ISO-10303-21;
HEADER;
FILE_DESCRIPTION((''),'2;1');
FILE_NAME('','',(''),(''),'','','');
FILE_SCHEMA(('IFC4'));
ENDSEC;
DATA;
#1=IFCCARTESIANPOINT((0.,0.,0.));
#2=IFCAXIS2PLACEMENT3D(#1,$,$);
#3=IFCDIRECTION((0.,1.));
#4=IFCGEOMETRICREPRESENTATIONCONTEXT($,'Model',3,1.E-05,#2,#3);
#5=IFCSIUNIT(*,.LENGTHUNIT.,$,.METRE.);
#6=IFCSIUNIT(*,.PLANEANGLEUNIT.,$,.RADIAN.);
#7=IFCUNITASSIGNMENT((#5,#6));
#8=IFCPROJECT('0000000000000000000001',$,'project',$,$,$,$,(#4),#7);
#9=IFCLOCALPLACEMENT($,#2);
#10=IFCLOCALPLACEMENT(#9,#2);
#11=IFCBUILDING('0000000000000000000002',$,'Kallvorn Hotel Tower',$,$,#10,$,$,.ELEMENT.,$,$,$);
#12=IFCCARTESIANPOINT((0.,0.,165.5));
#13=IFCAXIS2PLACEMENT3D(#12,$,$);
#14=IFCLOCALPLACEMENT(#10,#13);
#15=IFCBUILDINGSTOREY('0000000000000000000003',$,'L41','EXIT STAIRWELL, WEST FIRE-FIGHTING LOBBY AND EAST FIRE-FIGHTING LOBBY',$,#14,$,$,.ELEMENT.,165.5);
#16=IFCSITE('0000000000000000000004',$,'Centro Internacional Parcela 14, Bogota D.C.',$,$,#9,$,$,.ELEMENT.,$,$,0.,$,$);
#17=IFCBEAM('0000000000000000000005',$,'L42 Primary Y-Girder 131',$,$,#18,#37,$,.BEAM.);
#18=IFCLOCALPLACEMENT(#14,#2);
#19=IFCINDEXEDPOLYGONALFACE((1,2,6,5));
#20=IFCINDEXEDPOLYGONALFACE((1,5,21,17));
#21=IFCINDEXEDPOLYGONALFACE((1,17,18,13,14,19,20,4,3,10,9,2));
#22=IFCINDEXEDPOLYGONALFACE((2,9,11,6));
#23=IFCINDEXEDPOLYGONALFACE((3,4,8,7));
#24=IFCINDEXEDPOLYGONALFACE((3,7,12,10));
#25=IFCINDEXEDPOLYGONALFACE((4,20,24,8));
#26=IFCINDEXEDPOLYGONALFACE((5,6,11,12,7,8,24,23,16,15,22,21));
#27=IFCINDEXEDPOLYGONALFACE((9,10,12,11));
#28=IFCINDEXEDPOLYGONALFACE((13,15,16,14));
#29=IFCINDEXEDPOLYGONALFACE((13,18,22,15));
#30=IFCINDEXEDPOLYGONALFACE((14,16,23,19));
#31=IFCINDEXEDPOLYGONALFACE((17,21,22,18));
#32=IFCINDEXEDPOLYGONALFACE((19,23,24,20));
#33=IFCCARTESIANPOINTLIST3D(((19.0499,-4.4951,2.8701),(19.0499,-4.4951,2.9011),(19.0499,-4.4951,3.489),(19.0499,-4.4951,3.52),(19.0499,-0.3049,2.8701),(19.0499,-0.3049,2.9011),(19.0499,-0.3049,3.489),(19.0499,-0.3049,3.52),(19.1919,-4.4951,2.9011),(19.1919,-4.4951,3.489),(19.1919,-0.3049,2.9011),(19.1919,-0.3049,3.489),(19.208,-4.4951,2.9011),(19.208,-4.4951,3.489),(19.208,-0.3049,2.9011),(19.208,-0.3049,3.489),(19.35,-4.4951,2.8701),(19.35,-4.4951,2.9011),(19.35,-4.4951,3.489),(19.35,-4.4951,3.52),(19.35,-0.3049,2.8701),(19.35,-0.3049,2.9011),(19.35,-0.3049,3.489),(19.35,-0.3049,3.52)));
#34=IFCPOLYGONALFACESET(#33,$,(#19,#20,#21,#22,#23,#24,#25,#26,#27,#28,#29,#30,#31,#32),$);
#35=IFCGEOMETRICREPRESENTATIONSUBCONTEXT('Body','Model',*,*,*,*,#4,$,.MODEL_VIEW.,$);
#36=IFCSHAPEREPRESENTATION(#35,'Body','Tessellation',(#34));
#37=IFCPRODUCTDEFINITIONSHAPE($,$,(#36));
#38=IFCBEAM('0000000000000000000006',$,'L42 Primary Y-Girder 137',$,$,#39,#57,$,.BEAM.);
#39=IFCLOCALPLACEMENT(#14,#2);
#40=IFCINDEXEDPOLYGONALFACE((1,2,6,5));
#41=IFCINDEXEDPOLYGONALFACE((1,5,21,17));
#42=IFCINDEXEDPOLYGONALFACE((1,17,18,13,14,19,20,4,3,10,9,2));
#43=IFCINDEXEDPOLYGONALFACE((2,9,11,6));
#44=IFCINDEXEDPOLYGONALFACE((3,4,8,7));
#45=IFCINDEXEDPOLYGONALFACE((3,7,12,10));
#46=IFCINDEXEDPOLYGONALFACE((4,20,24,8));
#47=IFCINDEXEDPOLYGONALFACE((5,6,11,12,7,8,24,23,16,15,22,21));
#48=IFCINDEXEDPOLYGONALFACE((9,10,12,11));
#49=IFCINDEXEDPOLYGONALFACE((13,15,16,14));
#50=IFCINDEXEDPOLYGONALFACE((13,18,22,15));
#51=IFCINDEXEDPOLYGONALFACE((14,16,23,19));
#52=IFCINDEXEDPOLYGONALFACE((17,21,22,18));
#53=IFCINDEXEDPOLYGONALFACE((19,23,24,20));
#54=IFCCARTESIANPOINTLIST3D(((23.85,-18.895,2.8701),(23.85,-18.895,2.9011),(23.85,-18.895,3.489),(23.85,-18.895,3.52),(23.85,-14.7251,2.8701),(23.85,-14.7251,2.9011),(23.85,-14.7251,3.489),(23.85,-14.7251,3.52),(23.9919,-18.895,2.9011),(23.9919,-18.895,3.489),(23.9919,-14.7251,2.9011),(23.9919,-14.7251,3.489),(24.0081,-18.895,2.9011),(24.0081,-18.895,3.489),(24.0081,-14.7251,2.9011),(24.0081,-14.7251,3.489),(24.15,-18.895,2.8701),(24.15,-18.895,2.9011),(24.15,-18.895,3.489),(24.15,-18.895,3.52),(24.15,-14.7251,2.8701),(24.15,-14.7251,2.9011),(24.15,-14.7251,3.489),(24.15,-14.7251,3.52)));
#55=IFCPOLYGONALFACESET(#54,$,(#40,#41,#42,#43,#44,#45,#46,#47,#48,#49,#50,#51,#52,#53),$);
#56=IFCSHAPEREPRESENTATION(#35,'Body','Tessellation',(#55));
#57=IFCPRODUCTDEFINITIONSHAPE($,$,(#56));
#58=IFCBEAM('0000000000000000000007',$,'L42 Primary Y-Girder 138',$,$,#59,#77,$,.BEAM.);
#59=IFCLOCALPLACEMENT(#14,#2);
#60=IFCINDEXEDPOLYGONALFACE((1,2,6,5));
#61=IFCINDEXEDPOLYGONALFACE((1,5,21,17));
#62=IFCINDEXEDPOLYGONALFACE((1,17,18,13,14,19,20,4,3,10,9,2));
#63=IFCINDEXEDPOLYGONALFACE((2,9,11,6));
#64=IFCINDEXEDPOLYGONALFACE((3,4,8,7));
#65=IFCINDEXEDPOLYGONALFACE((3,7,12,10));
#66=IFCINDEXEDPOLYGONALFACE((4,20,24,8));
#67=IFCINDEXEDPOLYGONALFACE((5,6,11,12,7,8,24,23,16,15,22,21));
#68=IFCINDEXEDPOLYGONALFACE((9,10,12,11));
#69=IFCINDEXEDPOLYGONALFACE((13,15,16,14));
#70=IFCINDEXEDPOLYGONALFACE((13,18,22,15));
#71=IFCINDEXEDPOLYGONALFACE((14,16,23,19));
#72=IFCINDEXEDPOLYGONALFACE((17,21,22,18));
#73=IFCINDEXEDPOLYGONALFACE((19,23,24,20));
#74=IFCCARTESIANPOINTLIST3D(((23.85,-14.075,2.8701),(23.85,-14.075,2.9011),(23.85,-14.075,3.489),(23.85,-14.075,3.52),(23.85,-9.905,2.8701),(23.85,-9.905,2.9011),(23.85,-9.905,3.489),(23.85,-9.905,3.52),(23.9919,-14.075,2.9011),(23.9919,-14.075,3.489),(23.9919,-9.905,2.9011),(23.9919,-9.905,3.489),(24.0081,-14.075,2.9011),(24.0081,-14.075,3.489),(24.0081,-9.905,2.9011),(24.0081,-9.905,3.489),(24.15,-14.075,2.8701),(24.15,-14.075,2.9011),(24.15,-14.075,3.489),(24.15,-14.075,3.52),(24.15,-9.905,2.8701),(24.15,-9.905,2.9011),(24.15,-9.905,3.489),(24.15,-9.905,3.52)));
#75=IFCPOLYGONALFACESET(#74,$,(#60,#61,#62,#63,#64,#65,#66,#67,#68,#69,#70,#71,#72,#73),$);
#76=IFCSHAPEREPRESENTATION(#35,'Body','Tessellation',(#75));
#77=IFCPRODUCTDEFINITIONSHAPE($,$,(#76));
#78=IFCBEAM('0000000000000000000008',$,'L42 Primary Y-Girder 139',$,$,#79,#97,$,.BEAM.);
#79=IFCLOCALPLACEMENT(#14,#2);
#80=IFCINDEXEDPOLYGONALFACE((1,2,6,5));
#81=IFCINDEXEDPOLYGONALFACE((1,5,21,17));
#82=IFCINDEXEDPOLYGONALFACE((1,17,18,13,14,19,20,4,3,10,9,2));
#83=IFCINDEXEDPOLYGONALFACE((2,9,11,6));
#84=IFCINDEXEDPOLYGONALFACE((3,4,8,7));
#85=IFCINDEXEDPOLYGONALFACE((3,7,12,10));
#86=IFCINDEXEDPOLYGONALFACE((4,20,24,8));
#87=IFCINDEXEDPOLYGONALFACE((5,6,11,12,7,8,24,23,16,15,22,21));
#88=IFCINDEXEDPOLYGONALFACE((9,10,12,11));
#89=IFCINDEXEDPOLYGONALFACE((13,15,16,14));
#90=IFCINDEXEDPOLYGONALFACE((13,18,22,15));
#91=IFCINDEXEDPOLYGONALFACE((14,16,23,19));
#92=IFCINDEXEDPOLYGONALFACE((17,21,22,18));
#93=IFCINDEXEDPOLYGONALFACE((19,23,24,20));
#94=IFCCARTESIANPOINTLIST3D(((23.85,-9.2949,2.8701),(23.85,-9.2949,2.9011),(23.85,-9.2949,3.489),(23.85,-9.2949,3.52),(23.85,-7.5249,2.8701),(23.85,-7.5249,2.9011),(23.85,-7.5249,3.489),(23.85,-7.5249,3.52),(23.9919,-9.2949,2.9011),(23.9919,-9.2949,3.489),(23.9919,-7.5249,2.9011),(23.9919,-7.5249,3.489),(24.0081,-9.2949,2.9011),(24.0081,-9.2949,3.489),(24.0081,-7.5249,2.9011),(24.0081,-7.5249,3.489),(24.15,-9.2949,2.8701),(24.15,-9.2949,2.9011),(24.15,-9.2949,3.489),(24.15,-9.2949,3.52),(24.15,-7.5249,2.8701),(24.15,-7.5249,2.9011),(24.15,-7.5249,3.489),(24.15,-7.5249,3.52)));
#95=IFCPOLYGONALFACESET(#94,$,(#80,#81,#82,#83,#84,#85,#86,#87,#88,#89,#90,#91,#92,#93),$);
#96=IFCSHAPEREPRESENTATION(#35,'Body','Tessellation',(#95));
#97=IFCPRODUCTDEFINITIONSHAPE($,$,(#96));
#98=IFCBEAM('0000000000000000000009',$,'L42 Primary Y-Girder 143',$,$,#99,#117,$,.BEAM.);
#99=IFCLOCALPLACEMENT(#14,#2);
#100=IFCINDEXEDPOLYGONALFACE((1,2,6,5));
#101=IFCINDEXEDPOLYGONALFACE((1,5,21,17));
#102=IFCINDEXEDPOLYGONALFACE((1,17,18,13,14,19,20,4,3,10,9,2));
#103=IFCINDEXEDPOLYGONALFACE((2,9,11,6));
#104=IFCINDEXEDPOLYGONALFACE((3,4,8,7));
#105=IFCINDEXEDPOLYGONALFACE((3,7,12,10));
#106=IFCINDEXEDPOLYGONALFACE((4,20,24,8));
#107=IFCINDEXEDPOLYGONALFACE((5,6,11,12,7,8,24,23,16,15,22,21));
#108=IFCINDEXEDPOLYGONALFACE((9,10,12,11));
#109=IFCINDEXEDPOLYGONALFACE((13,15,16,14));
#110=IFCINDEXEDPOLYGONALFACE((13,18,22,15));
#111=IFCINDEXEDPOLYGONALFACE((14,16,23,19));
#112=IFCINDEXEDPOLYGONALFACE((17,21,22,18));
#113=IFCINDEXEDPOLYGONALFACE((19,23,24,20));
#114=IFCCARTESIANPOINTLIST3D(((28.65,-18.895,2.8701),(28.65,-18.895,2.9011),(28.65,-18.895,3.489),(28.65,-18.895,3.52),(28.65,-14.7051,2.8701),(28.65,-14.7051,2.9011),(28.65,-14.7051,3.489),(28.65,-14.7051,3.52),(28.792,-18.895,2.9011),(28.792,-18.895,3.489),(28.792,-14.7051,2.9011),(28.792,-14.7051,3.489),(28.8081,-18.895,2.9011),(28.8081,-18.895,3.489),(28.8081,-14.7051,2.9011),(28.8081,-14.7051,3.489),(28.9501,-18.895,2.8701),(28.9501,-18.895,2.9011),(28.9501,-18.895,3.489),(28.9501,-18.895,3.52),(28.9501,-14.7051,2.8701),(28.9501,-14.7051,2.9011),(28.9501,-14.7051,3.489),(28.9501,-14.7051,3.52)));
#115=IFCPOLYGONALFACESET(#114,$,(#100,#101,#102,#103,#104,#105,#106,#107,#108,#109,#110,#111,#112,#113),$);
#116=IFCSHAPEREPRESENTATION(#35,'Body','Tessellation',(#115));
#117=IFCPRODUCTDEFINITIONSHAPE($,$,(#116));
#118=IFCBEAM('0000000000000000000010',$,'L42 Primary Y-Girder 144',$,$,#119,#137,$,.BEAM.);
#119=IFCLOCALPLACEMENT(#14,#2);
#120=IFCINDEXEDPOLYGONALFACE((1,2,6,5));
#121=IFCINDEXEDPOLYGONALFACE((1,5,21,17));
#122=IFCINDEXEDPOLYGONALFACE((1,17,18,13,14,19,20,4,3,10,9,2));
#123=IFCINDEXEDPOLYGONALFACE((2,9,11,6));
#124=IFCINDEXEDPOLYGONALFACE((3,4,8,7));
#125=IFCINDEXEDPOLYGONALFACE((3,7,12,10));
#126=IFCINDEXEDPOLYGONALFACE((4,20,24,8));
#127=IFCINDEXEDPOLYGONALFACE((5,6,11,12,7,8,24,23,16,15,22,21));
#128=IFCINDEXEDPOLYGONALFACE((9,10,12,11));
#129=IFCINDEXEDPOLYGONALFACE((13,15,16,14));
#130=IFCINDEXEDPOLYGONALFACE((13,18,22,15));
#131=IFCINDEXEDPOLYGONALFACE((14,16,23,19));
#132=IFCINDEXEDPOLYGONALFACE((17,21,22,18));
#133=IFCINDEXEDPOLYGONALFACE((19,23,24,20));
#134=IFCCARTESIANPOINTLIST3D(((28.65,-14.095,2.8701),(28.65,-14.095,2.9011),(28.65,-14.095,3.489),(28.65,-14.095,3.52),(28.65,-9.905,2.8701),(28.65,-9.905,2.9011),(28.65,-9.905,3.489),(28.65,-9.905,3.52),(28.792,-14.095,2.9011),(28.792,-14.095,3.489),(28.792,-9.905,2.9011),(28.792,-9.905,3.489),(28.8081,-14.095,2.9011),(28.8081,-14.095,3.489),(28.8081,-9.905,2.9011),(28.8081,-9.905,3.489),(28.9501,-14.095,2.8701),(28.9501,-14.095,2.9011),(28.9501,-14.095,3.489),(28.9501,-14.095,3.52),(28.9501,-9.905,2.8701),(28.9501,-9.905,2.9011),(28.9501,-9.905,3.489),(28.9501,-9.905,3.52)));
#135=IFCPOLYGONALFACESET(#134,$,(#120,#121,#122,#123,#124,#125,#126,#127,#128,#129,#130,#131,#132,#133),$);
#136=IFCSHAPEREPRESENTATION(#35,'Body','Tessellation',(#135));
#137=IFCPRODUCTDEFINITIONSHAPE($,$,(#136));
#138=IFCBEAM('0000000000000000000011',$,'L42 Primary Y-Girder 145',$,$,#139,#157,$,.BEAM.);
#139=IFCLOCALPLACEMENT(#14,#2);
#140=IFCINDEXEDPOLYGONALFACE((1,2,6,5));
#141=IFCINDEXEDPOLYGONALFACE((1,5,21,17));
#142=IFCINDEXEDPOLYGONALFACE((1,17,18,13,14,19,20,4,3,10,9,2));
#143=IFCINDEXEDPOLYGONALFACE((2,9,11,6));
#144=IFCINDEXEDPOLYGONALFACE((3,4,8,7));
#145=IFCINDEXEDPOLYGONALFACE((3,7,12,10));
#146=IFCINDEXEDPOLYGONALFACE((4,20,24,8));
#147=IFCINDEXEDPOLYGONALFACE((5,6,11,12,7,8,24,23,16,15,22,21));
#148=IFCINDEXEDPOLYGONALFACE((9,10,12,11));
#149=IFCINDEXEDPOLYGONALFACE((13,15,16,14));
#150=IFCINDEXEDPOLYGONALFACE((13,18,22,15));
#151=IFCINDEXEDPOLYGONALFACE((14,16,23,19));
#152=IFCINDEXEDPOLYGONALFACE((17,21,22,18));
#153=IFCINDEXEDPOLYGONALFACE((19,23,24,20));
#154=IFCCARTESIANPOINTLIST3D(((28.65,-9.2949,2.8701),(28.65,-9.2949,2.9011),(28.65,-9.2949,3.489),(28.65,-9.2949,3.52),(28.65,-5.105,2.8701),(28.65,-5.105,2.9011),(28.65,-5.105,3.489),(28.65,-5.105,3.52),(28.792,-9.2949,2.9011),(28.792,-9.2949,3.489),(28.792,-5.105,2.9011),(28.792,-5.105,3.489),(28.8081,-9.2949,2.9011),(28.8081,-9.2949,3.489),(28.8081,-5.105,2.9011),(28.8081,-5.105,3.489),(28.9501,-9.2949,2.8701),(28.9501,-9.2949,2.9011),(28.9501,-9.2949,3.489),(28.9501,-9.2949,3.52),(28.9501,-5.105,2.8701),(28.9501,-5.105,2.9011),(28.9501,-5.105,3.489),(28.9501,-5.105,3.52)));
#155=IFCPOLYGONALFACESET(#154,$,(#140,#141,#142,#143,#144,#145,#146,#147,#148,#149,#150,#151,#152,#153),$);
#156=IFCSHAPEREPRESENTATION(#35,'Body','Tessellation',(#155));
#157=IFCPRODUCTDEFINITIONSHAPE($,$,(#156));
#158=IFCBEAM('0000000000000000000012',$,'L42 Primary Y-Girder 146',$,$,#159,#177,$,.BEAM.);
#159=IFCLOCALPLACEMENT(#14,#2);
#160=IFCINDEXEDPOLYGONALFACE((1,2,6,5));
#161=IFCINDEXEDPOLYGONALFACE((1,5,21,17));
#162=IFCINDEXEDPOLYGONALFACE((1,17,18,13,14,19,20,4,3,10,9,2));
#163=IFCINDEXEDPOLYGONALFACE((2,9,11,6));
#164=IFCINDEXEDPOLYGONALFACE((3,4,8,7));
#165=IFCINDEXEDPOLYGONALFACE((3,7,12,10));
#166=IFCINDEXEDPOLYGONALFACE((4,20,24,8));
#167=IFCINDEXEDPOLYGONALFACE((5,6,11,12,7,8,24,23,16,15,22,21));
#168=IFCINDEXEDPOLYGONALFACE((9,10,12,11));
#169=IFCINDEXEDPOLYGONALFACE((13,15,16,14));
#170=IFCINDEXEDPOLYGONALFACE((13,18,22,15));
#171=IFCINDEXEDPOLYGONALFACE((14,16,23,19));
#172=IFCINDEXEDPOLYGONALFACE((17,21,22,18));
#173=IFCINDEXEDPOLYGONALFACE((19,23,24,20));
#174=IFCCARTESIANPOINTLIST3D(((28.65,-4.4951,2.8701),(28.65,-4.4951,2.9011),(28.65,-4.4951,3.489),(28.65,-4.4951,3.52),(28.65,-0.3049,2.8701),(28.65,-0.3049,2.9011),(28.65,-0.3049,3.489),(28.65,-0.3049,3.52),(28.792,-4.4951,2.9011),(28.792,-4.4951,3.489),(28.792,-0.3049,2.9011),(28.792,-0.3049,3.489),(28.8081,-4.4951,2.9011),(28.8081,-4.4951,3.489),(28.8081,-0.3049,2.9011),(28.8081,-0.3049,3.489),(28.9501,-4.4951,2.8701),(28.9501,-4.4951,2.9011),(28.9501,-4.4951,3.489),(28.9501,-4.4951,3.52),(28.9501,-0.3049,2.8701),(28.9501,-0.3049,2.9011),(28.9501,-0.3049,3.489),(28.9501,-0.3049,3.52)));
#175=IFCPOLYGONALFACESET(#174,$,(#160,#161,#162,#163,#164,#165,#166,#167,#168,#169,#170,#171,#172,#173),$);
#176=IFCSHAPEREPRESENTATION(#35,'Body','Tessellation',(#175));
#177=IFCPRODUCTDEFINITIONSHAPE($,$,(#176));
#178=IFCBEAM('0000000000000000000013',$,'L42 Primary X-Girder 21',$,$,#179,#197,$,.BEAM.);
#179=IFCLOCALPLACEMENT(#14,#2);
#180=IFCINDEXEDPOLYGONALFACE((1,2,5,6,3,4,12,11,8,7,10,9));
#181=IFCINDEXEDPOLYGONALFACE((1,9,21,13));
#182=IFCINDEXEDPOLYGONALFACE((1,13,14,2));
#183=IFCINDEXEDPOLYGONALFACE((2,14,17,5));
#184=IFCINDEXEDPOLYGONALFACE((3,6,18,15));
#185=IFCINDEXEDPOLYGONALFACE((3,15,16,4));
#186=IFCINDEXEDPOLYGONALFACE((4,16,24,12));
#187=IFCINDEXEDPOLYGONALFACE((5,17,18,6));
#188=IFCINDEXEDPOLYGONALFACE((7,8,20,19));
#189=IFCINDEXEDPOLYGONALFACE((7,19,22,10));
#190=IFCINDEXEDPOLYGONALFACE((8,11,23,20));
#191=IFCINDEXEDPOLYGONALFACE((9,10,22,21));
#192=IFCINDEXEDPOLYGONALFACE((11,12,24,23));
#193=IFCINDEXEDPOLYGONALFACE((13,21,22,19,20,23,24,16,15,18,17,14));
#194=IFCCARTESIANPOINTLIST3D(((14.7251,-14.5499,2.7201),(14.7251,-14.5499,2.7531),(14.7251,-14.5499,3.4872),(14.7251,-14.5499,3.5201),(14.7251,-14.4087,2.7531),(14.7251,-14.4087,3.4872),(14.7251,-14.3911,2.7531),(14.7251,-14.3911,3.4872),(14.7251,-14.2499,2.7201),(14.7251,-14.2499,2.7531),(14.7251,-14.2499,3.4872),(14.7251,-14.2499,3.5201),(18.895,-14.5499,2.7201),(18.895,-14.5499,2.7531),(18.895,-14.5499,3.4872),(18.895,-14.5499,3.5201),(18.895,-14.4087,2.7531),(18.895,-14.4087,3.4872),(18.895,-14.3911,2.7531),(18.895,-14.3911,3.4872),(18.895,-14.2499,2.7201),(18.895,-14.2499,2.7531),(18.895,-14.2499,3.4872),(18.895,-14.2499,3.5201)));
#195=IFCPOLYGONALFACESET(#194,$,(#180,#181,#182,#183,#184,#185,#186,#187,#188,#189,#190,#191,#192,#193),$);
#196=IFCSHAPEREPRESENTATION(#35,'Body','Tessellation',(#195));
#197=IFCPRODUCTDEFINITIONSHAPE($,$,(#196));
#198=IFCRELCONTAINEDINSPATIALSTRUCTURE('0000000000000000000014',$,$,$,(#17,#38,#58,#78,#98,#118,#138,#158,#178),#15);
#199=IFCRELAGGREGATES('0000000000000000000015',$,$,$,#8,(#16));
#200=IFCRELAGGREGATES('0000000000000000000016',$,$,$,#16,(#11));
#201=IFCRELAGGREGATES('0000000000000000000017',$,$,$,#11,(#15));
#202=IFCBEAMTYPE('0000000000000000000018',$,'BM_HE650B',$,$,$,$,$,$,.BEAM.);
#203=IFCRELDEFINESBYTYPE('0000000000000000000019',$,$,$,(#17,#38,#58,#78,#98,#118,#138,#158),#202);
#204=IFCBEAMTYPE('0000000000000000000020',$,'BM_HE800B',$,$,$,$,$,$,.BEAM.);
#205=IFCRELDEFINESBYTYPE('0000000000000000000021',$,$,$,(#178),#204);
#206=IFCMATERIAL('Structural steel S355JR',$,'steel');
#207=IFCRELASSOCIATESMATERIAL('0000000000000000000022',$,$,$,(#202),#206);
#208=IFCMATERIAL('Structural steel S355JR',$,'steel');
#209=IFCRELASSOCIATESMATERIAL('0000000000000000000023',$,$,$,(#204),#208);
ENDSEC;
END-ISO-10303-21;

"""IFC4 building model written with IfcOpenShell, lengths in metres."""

from ifc_helpers import new_model, si_unit, direction, frame, origin, origin_2d, place, context, subcontext, project, spatial, i_section, extrude, material, material_profile, profile_set, type_object, element, save


model = new_model("IFC4")

# Units and contexts
model_context = context("Model", 3, precision=1e-05, world=origin(), true_north=direction((0.0, 1.0)))
body_context = subcontext(model_context, "Body", "Model", "MODEL_VIEW")
ifc_project = project(units=[si_unit("LENGTHUNIT", "METRE"), si_unit("PLANEANGLEUNIT", "RADIAN")], contexts=[model_context])

# Site, building, storey
site_placement = place(None, origin())
site = spatial("IfcSite", under=ifc_project, at=site_placement, Name="Centro Internacional Parcela 14, Bogota D.C.", CompositionType="ELEMENT", RefElevation=0.0)
building_placement = place(site_placement, origin())
building = spatial("IfcBuilding", under=site, at=building_placement, Name="Kallvorn Hotel Tower", CompositionType="ELEMENT")
storey_placement = place(building_placement, frame((0.0, 0.0, 165.5)))
storey = spatial("IfcBuildingStorey", under=building, at=storey_placement, Name="L41", Description="EXIT STAIRWELL, WEST FIRE-FIGHTING LOBBY AND EAST FIRE-FIGHTING LOBBY", CompositionType="ELEMENT", Elevation=165.5)

# Beams
ifc_material_1 = material(Name="Structural steel S355JR", Category="steel")
ifc_material_profile_1 = material_profile(ifc_material_1, i_section(OverallWidth=0.3, OverallDepth=0.6499, WebThickness=0.0161, FlangeThickness=0.031, at=origin_2d()), Name="HE 650 B")
ifc_profile_set_1 = profile_set([ifc_material_profile_1], Name="Structural steel S355JR")
beam_type_1 = type_object("IfcBeamType", Name="BM_HE650B", PredefinedType="BEAM", material=ifc_profile_set_1)
beam_1_placement = place(storey_placement, frame((19.2, -4.4951, 3.1951), z_axis=(0.0, 1.0, 0.0), x_axis=(-1.0, 0.0, 0.0)))
element("IfcBeam", 1, at=beam_1_placement, inside=storey, type_object=beam_type_1, Name="L42 Primary Y-Girder 131", PredefinedType="BEAM", context=body_context, shape_type="SweptSolid", body=[
    extrude(i_section(OverallWidth=0.3, OverallDepth=0.6499, WebThickness=0.0161, FlangeThickness=0.031, at=origin_2d()), origin(), (0.0, 0.0, 1.0), 4.1902),
])
for number, where, z_axis, x_axis, name in (
    (2, (24.0, -18.895, 3.1951), (0.0, 1.0, 0.0), (-1.0, 0.0, 0.0), "L42 Primary Y-Girder 137"),
    (3, (24.0, -14.075, 3.1951), (0.0, 1.0, 0.0), (-1.0, 0.0, 0.0), "L42 Primary Y-Girder 138"),
):
    element("IfcBeam", number, at=place(storey_placement, frame(where, z_axis=z_axis, x_axis=x_axis)), inside=storey, type_object=beam_type_1, Name=name, PredefinedType="BEAM", context=body_context, shape_type="SweptSolid", body=[
        extrude(i_section(OverallWidth=0.3, OverallDepth=0.6499, WebThickness=0.0161, FlangeThickness=0.031, at=origin_2d()), origin(), (0.0, 0.0, 1.0), 4.1699),
    ])
beam_2_placement = place(storey_placement, frame((24.0, -9.2949, 3.1951), z_axis=(0.0, 1.0, 0.0), x_axis=(-1.0, 0.0, 0.0)))
element("IfcBeam", 4, at=beam_2_placement, inside=storey, type_object=beam_type_1, Name="L42 Primary Y-Girder 139", PredefinedType="BEAM", context=body_context, shape_type="SweptSolid", body=[
    extrude(i_section(OverallWidth=0.3, OverallDepth=0.6499, WebThickness=0.0161, FlangeThickness=0.031, at=origin_2d()), origin(), (0.0, 0.0, 1.0), 1.77),
])
for number, where, z_axis, x_axis, name in (
    (5, (28.8, -18.895, 3.1951), (0.0, 1.0, 0.0), (-1.0, 0.0, 0.0), "L42 Primary Y-Girder 143"),
    (6, (28.8, -14.095, 3.1951), (0.0, 1.0, 0.0), (-1.0, 0.0, 0.0), "L42 Primary Y-Girder 144"),
    (7, (28.8, -9.2949, 3.1951), (0.0, 1.0, 0.0), (-1.0, 0.0, 0.0), "L42 Primary Y-Girder 145"),
):
    element("IfcBeam", number, at=place(storey_placement, frame(where, z_axis=z_axis, x_axis=x_axis)), inside=storey, type_object=beam_type_1, Name=name, PredefinedType="BEAM", context=body_context, shape_type="SweptSolid", body=[
        extrude(i_section(OverallWidth=0.3, OverallDepth=0.6499, WebThickness=0.0161, FlangeThickness=0.031, at=origin_2d()), origin(), (0.0, 0.0, 1.0), 4.1899),
    ])
beam_3_placement = place(storey_placement, frame((28.8, -4.4951, 3.1951), z_axis=(0.0, 1.0, 0.0), x_axis=(-1.0, 0.0, 0.0)))
element("IfcBeam", 8, at=beam_3_placement, inside=storey, type_object=beam_type_1, Name="L42 Primary Y-Girder 146", PredefinedType="BEAM", context=body_context, shape_type="SweptSolid", body=[
    extrude(i_section(OverallWidth=0.3, OverallDepth=0.6499, WebThickness=0.0161, FlangeThickness=0.031, at=origin_2d()), origin(), (0.0, 0.0, 1.0), 4.1902),
])
ifc_material_2 = material(Name="Structural steel S355JR", Category="steel")
ifc_material_profile_2 = material_profile(ifc_material_2, i_section(OverallWidth=0.3, OverallDepth=0.8, WebThickness=0.0176, FlangeThickness=0.033, at=origin_2d()), Name="HE 800 B")
ifc_profile_set_2 = profile_set([ifc_material_profile_2], Name="Structural steel S355JR")
beam_type_2 = type_object("IfcBeamType", Name="BM_HE800B", PredefinedType="BEAM", material=ifc_profile_set_2)
beam_4_placement = place(storey_placement, frame((14.7251, -14.3999, 3.1201), z_axis=(1.0, 0.0, 0.0), x_axis=(0.0, 1.0, 0.0)))
element("IfcBeam", 9, at=beam_4_placement, inside=storey, type_object=beam_type_2, Name="L42 Primary X-Girder 21", PredefinedType="BEAM", context=body_context, shape_type="SweptSolid", body=[
    extrude(i_section(OverallWidth=0.3, OverallDepth=0.8, WebThickness=0.0176, FlangeThickness=0.033, at=origin_2d()), origin(), (0.0, 0.0, 1.0), 4.1699),
])

save(model, "model.ifc")
